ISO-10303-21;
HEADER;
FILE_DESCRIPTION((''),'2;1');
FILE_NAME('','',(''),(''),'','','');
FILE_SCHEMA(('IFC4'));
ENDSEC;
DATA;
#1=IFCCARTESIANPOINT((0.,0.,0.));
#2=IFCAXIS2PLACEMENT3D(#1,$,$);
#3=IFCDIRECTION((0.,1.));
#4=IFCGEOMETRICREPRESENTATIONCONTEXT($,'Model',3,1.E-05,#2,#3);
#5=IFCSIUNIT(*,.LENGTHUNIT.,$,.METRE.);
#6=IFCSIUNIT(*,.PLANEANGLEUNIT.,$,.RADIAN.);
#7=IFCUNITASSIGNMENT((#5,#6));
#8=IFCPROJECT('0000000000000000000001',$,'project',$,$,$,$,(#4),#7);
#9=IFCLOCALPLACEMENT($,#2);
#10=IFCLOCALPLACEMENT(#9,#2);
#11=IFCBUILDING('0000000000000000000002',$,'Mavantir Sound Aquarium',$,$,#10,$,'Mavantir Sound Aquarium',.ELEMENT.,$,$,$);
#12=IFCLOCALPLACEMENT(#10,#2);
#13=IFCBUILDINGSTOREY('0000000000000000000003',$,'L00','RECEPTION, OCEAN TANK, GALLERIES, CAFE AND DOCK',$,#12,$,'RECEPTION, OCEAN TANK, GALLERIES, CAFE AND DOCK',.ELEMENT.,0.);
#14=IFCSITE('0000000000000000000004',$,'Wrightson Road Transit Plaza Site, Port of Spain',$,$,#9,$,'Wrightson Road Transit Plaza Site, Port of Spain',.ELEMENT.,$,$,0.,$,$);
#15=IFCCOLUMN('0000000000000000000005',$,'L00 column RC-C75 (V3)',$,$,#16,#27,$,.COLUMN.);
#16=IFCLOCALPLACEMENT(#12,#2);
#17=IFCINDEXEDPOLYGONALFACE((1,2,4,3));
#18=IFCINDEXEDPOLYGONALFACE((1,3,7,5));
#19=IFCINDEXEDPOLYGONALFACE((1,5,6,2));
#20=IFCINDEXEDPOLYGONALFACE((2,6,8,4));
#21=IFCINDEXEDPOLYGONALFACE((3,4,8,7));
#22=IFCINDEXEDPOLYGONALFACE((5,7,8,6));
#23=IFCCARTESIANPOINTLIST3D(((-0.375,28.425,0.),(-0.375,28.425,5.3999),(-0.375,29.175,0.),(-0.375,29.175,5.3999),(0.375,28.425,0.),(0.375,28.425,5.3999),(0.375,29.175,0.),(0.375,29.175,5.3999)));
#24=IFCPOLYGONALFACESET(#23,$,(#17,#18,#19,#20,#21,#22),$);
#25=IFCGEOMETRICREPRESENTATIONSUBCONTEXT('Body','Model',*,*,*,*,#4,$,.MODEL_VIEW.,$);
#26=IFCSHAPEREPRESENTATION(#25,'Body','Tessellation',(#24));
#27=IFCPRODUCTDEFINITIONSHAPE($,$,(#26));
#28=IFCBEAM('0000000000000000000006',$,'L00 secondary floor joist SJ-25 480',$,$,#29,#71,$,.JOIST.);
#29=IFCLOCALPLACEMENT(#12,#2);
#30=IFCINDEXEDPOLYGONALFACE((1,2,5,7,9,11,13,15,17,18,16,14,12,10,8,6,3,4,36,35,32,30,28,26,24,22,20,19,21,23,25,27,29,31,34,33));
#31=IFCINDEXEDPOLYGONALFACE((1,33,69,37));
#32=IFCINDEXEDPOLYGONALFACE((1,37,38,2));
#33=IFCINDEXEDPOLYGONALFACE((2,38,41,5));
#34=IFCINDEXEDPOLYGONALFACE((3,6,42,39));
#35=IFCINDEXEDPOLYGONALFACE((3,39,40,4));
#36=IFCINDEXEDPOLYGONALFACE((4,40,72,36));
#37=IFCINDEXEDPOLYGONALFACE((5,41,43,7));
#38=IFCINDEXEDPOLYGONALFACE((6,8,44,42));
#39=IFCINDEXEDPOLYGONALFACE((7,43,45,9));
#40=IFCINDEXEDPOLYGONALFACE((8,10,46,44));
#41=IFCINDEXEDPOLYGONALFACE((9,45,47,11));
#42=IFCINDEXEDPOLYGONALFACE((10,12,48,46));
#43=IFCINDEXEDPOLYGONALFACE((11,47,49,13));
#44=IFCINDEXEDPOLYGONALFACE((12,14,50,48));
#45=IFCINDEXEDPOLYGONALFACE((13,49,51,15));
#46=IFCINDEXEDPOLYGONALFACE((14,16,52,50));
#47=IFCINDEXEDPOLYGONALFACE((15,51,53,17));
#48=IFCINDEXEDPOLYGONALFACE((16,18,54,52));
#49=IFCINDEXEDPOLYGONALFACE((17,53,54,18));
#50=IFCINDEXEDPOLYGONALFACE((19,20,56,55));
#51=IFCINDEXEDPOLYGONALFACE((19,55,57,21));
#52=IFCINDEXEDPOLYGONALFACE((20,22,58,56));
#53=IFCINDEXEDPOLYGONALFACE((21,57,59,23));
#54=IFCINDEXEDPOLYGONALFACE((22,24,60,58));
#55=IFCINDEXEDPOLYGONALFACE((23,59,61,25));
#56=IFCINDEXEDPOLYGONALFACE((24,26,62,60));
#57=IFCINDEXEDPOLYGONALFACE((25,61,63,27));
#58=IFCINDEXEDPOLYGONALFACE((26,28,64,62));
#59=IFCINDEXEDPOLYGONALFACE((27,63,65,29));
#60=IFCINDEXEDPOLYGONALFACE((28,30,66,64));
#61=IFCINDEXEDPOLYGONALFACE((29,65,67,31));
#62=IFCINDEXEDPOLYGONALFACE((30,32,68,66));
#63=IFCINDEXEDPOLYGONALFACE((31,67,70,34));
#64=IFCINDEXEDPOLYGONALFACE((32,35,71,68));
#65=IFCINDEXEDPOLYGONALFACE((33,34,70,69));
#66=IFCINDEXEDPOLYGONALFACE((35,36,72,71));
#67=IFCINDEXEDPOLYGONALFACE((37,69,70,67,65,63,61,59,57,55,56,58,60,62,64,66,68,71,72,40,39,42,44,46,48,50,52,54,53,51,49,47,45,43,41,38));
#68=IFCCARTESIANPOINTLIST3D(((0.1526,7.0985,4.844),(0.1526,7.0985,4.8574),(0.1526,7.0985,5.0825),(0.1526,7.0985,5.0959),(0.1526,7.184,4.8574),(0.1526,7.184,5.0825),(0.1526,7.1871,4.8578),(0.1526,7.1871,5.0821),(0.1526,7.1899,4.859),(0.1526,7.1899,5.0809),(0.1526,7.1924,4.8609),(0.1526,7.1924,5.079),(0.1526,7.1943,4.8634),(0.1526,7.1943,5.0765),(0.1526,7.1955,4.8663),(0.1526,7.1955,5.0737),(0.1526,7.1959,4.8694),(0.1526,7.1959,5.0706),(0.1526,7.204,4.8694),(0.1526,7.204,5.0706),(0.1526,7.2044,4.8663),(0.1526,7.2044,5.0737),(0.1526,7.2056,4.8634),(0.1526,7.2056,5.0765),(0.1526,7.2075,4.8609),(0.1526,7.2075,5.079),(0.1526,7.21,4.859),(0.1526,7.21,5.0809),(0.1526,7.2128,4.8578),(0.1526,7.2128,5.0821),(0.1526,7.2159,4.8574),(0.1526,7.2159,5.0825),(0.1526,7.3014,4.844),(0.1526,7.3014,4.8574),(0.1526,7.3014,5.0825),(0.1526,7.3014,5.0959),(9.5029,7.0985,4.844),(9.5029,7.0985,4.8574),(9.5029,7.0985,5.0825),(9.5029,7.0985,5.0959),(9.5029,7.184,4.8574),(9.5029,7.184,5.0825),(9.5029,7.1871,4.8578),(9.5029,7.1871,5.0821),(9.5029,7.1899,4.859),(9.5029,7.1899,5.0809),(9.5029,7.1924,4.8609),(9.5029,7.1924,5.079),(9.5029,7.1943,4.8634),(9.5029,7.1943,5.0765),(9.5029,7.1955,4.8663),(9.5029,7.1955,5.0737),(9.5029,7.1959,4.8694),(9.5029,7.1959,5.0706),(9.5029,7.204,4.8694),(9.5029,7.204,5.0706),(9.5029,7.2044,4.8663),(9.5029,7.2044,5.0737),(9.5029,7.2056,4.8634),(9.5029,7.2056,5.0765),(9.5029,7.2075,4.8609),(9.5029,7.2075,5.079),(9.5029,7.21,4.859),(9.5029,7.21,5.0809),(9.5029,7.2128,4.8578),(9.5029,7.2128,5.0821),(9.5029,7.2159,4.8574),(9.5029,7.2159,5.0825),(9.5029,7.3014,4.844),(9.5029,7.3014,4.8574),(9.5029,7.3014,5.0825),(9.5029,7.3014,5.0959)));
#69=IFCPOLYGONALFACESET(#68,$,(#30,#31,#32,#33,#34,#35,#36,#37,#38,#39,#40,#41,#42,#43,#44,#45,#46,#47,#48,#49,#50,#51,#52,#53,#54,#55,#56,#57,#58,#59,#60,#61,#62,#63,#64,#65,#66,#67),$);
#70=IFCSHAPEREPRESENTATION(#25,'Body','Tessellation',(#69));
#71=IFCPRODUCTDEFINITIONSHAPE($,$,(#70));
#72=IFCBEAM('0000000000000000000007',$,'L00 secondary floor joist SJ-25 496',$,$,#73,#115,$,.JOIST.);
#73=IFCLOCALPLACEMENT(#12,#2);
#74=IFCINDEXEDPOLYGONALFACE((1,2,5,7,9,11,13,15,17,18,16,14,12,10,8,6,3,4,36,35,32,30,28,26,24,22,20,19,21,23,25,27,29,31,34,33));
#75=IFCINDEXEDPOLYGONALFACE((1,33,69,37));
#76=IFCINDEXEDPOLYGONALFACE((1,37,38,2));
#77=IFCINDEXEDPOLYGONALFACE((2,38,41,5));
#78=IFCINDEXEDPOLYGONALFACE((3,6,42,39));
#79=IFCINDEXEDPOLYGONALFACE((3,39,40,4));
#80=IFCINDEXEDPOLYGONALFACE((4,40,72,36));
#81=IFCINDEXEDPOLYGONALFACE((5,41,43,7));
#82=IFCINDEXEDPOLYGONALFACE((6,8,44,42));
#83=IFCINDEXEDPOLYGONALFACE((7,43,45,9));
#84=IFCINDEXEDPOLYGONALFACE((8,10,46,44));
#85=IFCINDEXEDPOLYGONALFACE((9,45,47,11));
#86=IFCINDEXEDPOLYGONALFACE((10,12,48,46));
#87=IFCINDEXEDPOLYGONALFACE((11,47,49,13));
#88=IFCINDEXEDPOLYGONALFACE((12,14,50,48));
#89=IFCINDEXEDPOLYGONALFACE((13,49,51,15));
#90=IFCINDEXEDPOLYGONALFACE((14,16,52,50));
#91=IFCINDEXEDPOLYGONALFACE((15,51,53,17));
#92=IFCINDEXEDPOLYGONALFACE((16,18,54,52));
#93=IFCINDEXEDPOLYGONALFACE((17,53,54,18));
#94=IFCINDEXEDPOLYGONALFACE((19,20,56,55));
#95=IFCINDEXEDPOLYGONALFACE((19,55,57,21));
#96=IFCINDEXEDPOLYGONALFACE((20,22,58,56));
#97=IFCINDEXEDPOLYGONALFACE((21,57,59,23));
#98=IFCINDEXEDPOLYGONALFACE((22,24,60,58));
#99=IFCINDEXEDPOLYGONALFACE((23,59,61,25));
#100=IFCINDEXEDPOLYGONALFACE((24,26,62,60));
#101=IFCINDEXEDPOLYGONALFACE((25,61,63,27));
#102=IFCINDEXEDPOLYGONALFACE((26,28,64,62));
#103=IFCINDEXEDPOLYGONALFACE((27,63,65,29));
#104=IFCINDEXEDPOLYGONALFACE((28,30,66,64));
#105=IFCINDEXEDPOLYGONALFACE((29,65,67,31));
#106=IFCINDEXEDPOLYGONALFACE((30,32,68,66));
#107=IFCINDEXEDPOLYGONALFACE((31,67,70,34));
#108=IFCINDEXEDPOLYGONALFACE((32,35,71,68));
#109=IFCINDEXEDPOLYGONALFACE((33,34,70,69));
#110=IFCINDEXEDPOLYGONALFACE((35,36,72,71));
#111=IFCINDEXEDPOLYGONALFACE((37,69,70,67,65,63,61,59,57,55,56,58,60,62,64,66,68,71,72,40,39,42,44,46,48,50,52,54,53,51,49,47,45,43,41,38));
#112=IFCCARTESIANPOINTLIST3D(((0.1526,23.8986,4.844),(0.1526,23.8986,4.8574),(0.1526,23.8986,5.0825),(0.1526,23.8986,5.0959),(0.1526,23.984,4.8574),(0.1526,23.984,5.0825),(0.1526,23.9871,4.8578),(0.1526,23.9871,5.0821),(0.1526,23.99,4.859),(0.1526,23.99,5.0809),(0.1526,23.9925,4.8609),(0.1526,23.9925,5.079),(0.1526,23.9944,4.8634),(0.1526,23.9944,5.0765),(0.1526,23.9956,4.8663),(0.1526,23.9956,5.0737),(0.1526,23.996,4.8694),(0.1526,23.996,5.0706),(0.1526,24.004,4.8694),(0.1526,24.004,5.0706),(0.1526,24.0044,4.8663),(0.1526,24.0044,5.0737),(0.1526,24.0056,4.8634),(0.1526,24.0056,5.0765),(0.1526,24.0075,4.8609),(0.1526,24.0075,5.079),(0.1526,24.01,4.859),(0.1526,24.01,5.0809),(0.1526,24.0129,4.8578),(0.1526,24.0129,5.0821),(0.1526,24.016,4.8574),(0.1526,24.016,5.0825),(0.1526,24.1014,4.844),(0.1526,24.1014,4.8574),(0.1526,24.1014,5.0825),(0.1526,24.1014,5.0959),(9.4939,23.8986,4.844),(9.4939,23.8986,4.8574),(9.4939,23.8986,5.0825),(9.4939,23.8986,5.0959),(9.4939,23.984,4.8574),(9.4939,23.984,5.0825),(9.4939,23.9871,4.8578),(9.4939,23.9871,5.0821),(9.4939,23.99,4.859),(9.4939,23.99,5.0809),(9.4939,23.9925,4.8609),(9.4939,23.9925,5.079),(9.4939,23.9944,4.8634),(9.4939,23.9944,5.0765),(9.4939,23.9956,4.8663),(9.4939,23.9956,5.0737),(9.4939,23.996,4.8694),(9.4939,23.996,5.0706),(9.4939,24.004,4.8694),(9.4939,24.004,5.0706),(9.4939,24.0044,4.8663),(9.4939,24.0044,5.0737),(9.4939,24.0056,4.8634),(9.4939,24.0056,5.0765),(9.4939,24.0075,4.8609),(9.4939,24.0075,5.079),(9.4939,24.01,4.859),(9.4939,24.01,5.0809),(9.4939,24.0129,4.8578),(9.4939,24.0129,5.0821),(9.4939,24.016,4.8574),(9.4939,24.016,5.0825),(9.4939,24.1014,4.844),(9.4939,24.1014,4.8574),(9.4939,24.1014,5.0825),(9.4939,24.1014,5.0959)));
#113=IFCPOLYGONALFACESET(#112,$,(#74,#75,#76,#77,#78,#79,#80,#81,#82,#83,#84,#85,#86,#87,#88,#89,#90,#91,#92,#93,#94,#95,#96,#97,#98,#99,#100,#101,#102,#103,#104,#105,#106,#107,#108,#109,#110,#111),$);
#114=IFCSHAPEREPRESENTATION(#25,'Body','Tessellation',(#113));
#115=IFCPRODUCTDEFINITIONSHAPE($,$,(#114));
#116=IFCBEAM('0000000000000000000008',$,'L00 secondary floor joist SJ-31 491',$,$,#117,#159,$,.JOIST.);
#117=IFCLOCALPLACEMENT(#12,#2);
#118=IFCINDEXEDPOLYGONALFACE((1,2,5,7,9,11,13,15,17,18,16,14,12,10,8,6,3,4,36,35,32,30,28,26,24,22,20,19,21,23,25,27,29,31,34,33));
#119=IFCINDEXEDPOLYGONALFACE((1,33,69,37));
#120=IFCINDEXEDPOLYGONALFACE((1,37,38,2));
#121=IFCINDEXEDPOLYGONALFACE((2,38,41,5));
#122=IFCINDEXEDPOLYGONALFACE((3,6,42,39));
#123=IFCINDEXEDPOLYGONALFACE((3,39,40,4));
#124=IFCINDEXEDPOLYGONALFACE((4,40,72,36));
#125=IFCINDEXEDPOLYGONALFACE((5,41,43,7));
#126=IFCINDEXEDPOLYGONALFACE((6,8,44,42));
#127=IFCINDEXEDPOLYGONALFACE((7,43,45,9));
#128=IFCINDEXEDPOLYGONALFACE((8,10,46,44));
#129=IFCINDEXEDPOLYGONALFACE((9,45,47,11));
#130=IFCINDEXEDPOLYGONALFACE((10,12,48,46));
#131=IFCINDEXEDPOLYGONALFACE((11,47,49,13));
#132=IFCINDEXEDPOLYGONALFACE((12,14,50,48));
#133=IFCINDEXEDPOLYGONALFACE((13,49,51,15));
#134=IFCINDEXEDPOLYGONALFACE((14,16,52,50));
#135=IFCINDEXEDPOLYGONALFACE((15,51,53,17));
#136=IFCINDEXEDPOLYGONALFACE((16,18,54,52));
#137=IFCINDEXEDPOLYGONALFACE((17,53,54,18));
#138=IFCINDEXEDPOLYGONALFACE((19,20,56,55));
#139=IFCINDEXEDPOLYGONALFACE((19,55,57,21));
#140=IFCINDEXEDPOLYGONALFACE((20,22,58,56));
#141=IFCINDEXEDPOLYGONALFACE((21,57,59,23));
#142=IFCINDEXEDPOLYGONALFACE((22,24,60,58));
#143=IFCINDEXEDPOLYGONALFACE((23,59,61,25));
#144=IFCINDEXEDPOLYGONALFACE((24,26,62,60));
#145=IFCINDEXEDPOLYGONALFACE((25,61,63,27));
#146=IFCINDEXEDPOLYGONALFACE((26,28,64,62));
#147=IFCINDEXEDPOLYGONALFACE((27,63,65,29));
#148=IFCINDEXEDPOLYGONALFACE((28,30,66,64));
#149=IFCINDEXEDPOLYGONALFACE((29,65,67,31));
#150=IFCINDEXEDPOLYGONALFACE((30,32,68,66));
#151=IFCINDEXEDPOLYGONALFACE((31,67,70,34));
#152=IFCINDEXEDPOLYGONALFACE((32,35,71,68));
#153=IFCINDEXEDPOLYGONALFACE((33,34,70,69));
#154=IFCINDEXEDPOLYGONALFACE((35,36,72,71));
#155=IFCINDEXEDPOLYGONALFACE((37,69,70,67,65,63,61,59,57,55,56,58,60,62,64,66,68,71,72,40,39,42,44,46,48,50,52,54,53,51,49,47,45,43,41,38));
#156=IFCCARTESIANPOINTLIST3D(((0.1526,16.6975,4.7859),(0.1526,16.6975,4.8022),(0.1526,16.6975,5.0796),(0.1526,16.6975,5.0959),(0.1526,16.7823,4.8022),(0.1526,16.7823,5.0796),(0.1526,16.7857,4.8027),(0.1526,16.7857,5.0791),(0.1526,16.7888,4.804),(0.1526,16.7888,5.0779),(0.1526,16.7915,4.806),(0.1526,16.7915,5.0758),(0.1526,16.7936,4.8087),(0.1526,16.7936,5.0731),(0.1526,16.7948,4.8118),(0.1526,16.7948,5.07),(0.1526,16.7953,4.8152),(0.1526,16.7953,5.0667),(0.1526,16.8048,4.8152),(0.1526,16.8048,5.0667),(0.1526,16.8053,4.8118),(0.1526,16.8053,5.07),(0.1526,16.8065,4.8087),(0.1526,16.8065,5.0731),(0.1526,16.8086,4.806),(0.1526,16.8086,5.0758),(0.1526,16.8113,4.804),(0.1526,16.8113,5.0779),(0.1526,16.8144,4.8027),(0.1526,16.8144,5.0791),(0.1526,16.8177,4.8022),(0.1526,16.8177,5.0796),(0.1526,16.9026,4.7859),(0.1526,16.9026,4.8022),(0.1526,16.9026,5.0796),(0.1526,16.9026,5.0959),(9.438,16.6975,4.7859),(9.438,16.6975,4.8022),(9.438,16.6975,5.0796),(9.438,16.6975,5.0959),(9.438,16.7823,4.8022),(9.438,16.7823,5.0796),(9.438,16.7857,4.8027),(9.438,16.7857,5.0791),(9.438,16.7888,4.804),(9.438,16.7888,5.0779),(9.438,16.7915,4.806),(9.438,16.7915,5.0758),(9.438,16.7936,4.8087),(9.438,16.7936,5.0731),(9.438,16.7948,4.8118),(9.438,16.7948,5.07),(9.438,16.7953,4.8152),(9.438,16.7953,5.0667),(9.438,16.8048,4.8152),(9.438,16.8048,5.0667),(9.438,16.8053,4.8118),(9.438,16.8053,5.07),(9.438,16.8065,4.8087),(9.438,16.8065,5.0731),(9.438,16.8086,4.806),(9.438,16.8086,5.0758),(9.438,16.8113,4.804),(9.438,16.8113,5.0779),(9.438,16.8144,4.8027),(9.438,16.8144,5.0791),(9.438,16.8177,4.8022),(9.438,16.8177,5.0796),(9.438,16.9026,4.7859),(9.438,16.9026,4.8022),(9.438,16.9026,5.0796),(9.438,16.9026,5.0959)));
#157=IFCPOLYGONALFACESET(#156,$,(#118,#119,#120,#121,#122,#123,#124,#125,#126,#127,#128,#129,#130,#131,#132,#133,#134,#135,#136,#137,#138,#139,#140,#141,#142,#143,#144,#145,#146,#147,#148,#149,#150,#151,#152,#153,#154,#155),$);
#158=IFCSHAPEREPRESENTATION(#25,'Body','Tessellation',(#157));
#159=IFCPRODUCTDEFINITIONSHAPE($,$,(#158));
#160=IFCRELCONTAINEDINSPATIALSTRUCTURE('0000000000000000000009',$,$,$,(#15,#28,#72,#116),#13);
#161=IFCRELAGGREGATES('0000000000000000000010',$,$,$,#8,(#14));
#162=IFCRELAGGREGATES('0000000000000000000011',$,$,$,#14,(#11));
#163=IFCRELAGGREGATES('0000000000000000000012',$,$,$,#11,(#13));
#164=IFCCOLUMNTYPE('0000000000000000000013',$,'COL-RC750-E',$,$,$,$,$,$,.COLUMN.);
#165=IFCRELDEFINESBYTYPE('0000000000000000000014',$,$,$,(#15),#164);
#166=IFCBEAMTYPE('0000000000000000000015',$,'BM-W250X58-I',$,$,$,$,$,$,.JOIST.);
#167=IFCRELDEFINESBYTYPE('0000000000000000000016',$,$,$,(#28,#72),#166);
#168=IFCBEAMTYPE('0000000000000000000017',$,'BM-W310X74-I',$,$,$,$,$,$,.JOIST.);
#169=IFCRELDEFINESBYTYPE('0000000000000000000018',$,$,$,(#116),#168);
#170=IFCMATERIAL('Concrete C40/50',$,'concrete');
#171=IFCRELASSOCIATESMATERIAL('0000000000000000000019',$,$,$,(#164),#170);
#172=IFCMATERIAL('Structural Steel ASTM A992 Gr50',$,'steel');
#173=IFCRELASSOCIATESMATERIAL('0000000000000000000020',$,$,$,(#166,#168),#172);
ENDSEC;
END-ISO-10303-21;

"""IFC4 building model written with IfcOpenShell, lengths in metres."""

from ifc_helpers import new_model, si_unit, direction, frame, origin, origin_2d, place, context, subcontext, project, spatial, rectangle, i_section, extrude, material, material_profile, profile_set, type_object, element, save


model = new_model("IFC4")

# Units and contexts
model_context = context("Model", 3, precision=1e-05, world=origin(), true_north=direction((0.0, 1.0)))
body_context = subcontext(model_context, "Body", "Model", "MODEL_VIEW")
ifc_project = project(units=[si_unit("LENGTHUNIT", "METRE"), si_unit("PLANEANGLEUNIT", "RADIAN")], contexts=[model_context])

# Site, building, storey
site_placement = place(None, origin())
site = spatial("IfcSite", under=ifc_project, at=site_placement, Name="Wrightson Road Transit Plaza Site, Port of Spain", LongName="Wrightson Road Transit Plaza Site, Port of Spain", CompositionType="ELEMENT", RefElevation=0.0)
building_placement = place(site_placement, origin())
building = spatial("IfcBuilding", under=site, at=building_placement, Name="Mavantir Sound Aquarium", LongName="Mavantir Sound Aquarium", CompositionType="ELEMENT")
storey_placement = place(building_placement, origin())
storey = spatial("IfcBuildingStorey", under=building, at=storey_placement, Name="L00", Description="RECEPTION, OCEAN TANK, GALLERIES, CAFE AND DOCK", LongName="RECEPTION, OCEAN TANK, GALLERIES, CAFE AND DOCK", CompositionType="ELEMENT", Elevation=0.0)

# Column
ifc_material_1 = material(Name="Concrete C40/50", Category="concrete")
ifc_material_profile_1 = material_profile(ifc_material_1, rectangle(XDim=0.75, YDim=0.75, at=origin_2d()), Name="RC 750X750")
ifc_profile_set_1 = profile_set([ifc_material_profile_1], Name="Concrete C40/50")
column_type = type_object("IfcColumnType", Name="COL-RC750-E", PredefinedType="COLUMN", material=ifc_profile_set_1)
column_placement = place(storey_placement, frame((0.0, 28.8, 0.0), z_axis=(0.0, 0.0, 1.0), x_axis=(1.0, 0.0, 0.0)))
element("IfcColumn", 1, at=column_placement, inside=storey, type_object=column_type, Name="L00 column RC-C75 (V3)", PredefinedType="COLUMN", context=body_context, shape_type="SweptSolid", body=[
    extrude(rectangle(XDim=0.75, YDim=0.75, at=origin_2d()), origin(), (0.0, 0.0, 1.0), 5.3999),
])

# Beams
ifc_material_2 = material(Name="Structural Steel ASTM A992 Gr50", Category="steel")
ifc_material_profile_2 = material_profile(ifc_material_2, i_section(OverallWidth=0.2029, OverallDepth=0.252, WebThickness=0.0081, FlangeThickness=0.0134, FilletRadius=0.012, at=origin_2d()), Name="W250X58")
ifc_profile_set_2 = profile_set([ifc_material_profile_2], Name="Structural Steel ASTM A992 Gr50")
beam_type_1 = type_object("IfcBeamType", Name="BM-W250X58-I", PredefinedType="JOIST", material=ifc_profile_set_2)
beam_1_placement = place(storey_placement, frame((0.1526, 7.2, 4.97), z_axis=(1.0, 0.0, 0.0), x_axis=(0.0, 1.0, 0.0)))
element("IfcBeam", 2, at=beam_1_placement, inside=storey, type_object=beam_type_1, Name="L00 secondary floor joist SJ-25 480", PredefinedType="JOIST", context=body_context, shape_type="SweptSolid", body=[
    extrude(i_section(OverallWidth=0.2029, OverallDepth=0.252, WebThickness=0.0081, FlangeThickness=0.0134, FilletRadius=0.012, at=origin_2d()), origin(), (0.0, 0.0, 1.0), 9.3503),
])
beam_2_placement = place(storey_placement, frame((0.1526, 24.0, 4.97), z_axis=(1.0, 0.0, 0.0), x_axis=(0.0, 1.0, 0.0)))
element("IfcBeam", 3, at=beam_2_placement, inside=storey, type_object=beam_type_1, Name="L00 secondary floor joist SJ-25 496", PredefinedType="JOIST", context=body_context, shape_type="SweptSolid", body=[
    extrude(i_section(OverallWidth=0.2029, OverallDepth=0.252, WebThickness=0.0081, FlangeThickness=0.0134, FilletRadius=0.012, at=origin_2d()), origin(), (0.0, 0.0, 1.0), 9.3413),
])
ifc_material_profile_3 = material_profile(ifc_material_2, i_section(OverallWidth=0.2051, OverallDepth=0.3101, WebThickness=0.0095, FlangeThickness=0.0164, FilletRadius=0.0129, at=origin_2d()), Name="W310X74")
ifc_profile_set_3 = profile_set([ifc_material_profile_3], Name="Structural Steel ASTM A992 Gr50")
beam_type_2 = type_object("IfcBeamType", Name="BM-W310X74-I", PredefinedType="JOIST", material=ifc_profile_set_3)
beam_3_placement = place(storey_placement, frame((0.1526, 16.8, 4.9409), z_axis=(1.0, 0.0, 0.0), x_axis=(0.0, 1.0, 0.0)))
element("IfcBeam", 4, at=beam_3_placement, inside=storey, type_object=beam_type_2, Name="L00 secondary floor joist SJ-31 491", PredefinedType="JOIST", context=body_context, shape_type="SweptSolid", body=[
    extrude(i_section(OverallWidth=0.2051, OverallDepth=0.3101, WebThickness=0.0095, FlangeThickness=0.0164, FilletRadius=0.0129, at=origin_2d()), origin(), (0.0, 0.0, 1.0), 9.2854),
])

save(model, "model.ifc")
